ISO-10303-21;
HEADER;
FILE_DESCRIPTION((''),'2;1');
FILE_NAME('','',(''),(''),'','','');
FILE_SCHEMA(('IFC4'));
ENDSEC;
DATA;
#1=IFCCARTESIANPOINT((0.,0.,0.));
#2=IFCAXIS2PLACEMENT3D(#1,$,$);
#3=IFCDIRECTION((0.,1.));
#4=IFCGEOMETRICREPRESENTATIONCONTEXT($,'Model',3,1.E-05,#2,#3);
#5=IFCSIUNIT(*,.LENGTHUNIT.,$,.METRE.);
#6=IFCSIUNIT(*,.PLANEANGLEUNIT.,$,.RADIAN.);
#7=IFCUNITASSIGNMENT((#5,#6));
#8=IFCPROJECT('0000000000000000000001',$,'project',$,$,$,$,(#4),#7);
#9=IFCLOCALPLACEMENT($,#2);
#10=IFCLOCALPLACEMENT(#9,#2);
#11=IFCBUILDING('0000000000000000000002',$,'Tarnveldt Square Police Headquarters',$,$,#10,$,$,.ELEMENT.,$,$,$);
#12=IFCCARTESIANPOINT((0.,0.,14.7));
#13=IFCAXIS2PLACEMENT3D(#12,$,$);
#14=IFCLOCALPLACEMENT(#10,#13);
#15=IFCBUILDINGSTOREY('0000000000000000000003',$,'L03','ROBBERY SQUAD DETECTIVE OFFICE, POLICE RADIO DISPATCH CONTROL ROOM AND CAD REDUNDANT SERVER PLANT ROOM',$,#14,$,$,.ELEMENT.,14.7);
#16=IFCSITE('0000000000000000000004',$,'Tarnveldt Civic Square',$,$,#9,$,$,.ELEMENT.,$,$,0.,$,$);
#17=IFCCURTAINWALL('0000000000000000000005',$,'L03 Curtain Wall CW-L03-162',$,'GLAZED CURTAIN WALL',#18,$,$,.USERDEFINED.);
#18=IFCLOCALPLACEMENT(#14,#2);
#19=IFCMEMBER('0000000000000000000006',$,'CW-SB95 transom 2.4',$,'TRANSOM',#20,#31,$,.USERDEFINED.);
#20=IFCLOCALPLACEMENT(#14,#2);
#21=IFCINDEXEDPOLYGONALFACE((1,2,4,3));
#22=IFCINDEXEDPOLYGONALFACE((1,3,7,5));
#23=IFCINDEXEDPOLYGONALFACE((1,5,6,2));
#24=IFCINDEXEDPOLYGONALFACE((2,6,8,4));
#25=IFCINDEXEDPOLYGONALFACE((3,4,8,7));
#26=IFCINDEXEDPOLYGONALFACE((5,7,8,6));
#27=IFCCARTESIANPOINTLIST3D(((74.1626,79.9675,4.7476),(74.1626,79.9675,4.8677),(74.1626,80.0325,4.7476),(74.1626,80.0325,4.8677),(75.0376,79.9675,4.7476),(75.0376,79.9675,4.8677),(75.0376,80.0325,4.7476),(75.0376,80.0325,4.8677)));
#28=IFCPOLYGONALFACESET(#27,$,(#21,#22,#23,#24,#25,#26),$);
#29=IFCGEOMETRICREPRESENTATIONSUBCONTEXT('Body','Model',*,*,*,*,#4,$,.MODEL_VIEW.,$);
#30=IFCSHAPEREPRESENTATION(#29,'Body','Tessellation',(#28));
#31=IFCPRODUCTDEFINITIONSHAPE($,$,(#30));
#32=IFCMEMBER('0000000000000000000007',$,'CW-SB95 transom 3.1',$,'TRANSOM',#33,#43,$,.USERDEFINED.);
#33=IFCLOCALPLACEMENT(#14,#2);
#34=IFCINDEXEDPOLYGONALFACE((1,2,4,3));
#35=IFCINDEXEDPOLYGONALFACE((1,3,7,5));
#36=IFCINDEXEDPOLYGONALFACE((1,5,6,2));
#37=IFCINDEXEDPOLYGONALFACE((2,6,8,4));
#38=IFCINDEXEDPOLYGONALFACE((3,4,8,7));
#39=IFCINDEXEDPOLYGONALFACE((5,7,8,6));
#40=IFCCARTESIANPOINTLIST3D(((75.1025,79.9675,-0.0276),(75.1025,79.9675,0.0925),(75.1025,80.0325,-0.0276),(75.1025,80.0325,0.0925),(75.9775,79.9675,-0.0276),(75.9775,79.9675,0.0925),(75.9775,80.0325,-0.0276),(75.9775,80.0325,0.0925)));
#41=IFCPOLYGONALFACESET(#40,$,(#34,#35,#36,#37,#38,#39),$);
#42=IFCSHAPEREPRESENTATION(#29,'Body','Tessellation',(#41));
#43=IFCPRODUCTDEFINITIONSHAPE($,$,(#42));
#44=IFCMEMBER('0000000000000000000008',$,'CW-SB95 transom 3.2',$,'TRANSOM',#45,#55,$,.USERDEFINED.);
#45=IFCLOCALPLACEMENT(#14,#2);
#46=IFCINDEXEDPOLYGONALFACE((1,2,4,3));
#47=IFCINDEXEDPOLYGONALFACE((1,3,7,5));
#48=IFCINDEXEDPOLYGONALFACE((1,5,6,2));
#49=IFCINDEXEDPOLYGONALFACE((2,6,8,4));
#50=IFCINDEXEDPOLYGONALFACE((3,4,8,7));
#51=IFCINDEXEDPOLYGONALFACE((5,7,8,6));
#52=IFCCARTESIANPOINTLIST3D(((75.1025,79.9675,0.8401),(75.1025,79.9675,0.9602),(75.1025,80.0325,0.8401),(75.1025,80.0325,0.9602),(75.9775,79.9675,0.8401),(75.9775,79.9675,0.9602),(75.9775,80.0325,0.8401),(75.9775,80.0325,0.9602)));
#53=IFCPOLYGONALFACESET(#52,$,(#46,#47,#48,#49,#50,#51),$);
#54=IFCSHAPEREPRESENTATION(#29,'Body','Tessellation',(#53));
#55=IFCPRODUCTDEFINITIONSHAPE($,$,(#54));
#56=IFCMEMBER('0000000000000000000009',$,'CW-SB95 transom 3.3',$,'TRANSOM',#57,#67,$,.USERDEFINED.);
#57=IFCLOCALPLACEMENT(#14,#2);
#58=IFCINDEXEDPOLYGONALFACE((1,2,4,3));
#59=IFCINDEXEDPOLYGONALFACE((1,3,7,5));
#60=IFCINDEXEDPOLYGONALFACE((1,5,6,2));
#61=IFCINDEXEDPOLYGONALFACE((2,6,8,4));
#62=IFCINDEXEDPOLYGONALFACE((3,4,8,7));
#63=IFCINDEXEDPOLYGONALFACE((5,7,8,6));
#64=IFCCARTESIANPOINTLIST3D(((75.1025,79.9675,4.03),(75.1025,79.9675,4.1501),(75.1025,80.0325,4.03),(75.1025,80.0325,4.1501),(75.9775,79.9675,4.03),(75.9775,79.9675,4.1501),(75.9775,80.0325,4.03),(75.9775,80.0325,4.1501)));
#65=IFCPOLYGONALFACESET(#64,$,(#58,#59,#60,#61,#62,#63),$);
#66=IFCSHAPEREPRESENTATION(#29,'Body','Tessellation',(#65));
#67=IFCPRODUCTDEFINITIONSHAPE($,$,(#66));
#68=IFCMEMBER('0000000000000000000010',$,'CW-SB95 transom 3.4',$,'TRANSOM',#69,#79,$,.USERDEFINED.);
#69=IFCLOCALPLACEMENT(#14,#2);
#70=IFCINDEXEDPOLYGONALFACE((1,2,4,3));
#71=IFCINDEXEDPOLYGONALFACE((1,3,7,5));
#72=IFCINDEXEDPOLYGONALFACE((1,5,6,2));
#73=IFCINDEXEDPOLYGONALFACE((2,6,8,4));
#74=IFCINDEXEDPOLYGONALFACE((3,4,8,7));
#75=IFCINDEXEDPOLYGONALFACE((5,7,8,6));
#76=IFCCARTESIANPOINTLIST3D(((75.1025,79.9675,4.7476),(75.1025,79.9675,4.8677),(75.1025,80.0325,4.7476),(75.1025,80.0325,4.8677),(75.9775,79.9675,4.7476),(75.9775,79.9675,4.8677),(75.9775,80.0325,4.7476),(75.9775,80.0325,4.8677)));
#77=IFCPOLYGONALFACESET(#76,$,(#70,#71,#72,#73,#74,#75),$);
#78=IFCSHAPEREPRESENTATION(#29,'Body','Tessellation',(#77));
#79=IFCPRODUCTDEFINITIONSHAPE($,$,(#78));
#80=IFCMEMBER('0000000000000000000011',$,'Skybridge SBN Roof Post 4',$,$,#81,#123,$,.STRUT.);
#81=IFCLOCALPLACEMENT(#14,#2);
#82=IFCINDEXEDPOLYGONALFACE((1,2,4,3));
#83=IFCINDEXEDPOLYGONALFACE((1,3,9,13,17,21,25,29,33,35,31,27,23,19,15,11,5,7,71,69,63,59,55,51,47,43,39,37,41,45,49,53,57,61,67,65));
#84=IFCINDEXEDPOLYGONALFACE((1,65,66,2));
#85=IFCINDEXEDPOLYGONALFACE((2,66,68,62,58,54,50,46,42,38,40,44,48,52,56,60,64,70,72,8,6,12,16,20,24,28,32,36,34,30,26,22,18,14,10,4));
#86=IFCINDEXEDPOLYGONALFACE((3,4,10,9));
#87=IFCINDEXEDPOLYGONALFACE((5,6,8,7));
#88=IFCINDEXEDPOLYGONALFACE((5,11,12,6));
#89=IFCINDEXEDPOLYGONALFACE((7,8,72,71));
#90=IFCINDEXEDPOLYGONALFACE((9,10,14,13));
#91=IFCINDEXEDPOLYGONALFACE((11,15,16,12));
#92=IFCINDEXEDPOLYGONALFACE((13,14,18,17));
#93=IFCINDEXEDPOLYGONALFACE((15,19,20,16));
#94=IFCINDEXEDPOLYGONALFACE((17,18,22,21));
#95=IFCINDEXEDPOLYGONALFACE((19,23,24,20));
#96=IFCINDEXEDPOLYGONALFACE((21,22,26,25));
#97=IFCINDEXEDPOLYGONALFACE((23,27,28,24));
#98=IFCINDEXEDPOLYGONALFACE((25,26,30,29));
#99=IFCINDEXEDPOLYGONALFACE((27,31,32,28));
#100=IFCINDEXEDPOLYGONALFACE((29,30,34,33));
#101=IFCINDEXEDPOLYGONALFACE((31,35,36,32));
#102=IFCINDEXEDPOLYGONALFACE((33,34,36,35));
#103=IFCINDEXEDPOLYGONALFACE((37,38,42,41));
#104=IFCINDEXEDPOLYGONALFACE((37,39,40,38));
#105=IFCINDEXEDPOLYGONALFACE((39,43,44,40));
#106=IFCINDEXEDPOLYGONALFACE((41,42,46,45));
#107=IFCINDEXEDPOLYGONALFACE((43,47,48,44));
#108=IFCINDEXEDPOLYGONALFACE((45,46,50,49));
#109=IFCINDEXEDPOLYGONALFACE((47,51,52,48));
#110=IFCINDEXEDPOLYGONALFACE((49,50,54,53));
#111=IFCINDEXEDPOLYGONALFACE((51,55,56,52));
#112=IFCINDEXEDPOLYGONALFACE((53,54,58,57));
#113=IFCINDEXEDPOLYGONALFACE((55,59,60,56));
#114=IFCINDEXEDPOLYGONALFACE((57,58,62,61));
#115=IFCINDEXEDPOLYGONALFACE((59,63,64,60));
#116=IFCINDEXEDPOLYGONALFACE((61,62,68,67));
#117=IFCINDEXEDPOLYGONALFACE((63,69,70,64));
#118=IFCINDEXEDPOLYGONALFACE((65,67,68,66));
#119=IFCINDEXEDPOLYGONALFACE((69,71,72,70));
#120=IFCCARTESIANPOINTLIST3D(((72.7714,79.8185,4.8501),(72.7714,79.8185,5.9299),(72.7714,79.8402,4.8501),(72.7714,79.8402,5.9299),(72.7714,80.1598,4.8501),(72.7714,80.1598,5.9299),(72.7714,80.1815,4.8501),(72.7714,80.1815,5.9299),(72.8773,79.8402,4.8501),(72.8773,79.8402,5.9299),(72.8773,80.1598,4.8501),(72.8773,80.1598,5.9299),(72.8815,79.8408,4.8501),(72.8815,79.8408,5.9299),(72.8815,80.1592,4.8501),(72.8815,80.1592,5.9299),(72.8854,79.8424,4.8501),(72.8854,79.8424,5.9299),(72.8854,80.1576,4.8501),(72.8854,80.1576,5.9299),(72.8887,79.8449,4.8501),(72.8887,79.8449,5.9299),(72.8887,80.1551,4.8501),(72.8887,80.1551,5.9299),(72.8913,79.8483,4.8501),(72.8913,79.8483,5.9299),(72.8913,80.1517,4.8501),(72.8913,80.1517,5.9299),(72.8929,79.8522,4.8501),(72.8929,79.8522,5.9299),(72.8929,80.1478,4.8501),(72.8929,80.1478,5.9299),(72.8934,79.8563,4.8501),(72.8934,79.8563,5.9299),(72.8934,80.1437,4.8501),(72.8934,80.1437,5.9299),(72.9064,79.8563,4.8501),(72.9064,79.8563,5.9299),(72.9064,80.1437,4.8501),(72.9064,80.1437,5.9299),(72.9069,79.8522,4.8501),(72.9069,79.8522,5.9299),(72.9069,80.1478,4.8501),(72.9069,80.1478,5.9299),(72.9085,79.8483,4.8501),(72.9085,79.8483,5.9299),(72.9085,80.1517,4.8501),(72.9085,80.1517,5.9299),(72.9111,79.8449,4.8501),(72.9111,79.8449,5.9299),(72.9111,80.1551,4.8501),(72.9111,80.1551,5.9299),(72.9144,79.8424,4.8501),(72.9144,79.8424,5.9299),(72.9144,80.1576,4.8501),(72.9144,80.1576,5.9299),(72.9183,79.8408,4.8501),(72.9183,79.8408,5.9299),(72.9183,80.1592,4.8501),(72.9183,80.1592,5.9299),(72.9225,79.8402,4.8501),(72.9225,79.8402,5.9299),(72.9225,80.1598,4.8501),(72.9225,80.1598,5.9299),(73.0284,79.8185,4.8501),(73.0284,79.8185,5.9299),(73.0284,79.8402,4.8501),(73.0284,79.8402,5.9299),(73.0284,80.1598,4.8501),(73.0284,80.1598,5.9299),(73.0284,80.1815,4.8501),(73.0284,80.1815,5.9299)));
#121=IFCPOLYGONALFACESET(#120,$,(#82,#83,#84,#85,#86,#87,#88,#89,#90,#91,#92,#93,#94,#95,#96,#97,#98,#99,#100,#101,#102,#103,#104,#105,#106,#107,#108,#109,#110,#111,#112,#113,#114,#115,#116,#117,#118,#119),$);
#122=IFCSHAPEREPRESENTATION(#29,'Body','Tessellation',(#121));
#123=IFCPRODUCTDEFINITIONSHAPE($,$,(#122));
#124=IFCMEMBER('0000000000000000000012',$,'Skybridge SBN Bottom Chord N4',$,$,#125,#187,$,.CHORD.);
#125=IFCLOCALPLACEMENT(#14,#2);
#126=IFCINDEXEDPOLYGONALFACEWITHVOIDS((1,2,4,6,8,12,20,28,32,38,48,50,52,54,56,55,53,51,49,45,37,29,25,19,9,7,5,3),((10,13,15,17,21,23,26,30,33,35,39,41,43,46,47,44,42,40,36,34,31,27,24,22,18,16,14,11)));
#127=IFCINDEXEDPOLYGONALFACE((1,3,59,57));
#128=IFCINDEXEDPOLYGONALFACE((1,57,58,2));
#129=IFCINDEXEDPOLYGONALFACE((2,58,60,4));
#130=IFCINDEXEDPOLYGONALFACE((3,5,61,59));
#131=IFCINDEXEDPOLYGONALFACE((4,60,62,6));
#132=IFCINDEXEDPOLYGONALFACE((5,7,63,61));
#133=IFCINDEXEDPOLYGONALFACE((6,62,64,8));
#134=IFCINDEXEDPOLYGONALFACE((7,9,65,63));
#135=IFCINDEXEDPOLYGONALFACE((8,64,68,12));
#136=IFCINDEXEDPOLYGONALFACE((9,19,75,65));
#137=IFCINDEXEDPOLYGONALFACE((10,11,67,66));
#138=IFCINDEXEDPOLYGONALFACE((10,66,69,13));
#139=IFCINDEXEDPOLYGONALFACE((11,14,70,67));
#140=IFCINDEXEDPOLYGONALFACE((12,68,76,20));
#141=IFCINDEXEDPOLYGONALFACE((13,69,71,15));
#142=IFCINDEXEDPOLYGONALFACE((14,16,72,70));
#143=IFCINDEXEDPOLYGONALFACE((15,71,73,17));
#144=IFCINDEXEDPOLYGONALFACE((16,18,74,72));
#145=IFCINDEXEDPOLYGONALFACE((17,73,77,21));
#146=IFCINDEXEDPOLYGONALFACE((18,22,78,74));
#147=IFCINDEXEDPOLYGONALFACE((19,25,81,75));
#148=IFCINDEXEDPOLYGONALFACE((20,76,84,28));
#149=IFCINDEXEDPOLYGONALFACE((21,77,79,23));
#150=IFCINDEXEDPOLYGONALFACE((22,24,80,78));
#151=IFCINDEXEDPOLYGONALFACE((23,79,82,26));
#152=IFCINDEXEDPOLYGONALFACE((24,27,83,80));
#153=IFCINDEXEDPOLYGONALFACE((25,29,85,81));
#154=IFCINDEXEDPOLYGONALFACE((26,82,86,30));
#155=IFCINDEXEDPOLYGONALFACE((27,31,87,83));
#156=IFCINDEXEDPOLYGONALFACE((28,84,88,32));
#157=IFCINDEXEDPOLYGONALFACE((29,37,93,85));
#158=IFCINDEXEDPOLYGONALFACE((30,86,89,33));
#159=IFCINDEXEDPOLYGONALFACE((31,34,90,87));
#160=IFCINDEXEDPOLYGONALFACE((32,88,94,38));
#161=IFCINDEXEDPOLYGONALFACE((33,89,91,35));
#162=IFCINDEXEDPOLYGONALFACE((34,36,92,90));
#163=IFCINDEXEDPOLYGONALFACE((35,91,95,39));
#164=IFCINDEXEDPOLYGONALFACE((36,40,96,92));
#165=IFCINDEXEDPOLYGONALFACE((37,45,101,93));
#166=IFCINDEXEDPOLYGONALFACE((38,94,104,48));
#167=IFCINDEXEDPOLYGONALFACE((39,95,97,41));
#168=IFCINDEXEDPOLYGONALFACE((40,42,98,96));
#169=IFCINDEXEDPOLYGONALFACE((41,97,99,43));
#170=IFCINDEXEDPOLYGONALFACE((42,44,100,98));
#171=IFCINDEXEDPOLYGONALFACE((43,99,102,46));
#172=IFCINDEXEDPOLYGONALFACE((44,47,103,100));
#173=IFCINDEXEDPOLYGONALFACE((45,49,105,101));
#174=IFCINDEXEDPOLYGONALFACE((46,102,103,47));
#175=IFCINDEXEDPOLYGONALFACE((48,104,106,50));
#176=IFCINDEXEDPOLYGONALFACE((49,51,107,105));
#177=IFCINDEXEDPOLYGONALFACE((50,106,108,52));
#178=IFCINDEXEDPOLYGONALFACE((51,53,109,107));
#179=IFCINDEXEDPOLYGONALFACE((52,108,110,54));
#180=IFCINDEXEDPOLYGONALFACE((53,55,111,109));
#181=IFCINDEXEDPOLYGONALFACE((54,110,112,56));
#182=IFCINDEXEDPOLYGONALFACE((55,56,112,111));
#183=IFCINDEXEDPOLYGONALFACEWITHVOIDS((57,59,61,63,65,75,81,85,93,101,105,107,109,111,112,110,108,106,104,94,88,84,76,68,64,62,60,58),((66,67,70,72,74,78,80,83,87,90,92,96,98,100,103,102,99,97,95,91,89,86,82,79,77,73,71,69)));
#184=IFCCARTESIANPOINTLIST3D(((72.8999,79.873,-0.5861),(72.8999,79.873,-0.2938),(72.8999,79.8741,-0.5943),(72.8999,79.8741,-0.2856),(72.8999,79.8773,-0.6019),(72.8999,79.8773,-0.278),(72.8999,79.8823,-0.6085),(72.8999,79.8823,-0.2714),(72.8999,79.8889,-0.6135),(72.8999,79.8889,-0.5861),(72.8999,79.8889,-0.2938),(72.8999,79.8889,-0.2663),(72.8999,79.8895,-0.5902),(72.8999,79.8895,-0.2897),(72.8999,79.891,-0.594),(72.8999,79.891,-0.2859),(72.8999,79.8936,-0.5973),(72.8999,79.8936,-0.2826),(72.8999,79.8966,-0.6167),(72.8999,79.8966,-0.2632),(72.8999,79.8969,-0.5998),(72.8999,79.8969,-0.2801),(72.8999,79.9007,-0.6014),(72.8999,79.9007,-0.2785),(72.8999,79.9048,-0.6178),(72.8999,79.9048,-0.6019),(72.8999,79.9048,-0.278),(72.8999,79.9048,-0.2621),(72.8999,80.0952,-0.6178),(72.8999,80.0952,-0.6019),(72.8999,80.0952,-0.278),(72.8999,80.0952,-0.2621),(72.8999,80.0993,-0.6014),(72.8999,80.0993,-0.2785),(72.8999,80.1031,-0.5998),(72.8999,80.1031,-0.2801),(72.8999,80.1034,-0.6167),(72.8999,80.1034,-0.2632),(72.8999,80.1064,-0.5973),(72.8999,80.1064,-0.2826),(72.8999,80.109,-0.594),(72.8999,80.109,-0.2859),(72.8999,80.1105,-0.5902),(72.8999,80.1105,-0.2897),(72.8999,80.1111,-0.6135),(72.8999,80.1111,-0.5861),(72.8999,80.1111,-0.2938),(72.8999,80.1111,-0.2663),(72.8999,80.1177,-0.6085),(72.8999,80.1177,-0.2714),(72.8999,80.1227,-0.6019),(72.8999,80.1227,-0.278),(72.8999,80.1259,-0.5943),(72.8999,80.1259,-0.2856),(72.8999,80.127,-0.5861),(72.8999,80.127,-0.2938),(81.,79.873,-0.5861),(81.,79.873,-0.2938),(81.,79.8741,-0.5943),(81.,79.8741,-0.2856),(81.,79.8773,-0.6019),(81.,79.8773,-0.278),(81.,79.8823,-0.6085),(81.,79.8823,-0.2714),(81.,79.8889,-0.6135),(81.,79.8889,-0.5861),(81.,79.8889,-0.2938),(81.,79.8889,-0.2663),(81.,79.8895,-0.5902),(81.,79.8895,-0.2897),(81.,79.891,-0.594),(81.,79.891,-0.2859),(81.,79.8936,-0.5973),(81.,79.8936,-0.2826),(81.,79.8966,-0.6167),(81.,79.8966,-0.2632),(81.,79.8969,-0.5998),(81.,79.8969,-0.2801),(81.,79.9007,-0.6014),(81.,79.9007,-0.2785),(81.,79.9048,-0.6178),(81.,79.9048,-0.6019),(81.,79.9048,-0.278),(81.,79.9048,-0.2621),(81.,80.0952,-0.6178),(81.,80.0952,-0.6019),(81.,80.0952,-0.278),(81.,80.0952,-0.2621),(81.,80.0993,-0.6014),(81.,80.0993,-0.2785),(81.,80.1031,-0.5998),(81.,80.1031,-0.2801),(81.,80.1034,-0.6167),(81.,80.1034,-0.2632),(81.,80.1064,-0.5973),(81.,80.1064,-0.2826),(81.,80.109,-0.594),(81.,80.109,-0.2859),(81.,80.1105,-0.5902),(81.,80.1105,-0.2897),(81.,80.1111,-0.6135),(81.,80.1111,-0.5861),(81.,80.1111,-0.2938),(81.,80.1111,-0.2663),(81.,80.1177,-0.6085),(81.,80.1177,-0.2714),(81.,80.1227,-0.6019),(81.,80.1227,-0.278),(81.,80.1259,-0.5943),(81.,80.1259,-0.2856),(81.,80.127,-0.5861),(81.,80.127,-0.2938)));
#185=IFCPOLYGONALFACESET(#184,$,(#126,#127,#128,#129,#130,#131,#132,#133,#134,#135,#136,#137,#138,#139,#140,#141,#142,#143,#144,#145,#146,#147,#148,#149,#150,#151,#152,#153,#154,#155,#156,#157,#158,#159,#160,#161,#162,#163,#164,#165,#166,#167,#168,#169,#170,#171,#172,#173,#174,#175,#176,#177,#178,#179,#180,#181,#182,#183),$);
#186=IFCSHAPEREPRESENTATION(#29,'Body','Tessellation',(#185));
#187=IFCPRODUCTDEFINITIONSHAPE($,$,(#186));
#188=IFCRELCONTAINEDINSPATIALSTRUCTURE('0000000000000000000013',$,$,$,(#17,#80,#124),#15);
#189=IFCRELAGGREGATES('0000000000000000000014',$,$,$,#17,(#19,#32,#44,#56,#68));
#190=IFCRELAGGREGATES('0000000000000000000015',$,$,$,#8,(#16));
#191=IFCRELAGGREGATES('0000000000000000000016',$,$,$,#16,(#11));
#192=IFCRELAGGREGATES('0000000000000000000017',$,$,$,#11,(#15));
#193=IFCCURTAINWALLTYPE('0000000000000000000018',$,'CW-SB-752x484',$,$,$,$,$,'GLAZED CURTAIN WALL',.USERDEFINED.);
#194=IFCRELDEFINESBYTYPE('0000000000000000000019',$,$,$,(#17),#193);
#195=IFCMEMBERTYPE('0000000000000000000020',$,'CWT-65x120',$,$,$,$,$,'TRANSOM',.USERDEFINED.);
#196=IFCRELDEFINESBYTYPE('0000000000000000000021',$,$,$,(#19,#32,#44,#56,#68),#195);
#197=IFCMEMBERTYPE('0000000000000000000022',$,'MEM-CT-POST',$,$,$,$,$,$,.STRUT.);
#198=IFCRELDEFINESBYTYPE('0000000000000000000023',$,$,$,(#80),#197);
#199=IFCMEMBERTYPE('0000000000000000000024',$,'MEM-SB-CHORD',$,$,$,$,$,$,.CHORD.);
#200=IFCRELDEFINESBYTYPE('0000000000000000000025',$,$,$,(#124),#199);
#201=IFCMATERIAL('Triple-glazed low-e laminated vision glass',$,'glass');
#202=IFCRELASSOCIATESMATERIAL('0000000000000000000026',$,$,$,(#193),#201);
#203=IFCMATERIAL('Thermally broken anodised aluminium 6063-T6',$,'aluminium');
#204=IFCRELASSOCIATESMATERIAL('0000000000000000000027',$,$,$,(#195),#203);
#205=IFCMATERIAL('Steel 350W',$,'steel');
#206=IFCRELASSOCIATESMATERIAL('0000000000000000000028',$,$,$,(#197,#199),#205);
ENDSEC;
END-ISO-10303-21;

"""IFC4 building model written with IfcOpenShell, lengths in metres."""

from ifc_helpers import new_model, si_unit, direction, frame, origin, origin_2d, place, context, subcontext, project, spatial, rectangle, hollow_rectangle, i_section, extrude, material, material_profile, profile_set, type_object, element, aggregate, save


model = new_model("IFC4")

# Units and contexts
model_context = context("Model", 3, precision=1e-05, world=origin(), true_north=direction((0.0, 1.0)))
body_context = subcontext(model_context, "Body", "Model", "MODEL_VIEW")
ifc_project = project(units=[si_unit("LENGTHUNIT", "METRE"), si_unit("PLANEANGLEUNIT", "RADIAN")], contexts=[model_context])

# Site, building, storey
site_placement = place(None, origin())
site = spatial("IfcSite", under=ifc_project, at=site_placement, Name="Tarnveldt Civic Square", CompositionType="ELEMENT", RefElevation=0.0)
building_placement = place(site_placement, origin())
building = spatial("IfcBuilding", under=site, at=building_placement, Name="Tarnveldt Square Police Headquarters", CompositionType="ELEMENT")
storey_placement = place(building_placement, frame((0.0, 0.0, 14.7)))
storey = spatial("IfcBuildingStorey", under=building, at=storey_placement, Name="L03", Description="ROBBERY SQUAD DETECTIVE OFFICE, POLICE RADIO DISPATCH CONTROL ROOM AND CAD REDUNDANT SERVER PLANT ROOM", CompositionType="ELEMENT", Elevation=14.7)

# Shared definitions
ifc_material_1 = material(Name="Steel 350W", Category="steel")

# Curtain wall, members
ifc_material_2 = material(Name="Triple-glazed low-e laminated vision glass", Category="glass")
curtain_wall_type = type_object("IfcCurtainWallType", Name="CW-SB-752x484", ElementType="GLAZED CURTAIN WALL", PredefinedType="USERDEFINED", material=ifc_material_2)
curtain_wall_placement = place(storey_placement, origin())
curtain_wall = element("IfcCurtainWall", 1, at=curtain_wall_placement, inside=storey, type_object=curtain_wall_type, Name="L03 Curtain Wall CW-L03-162", ObjectType="GLAZED CURTAIN WALL", PredefinedType="USERDEFINED")
ifc_material_3 = material(Name="Thermally broken anodised aluminium 6063-T6", Category="aluminium")
ifc_material_profile_1 = material_profile(ifc_material_3, rectangle(XDim=0.0649, YDim=0.1201, at=origin_2d()), Name="CW-T65x120")
ifc_profile_set_1 = profile_set([ifc_material_profile_1], Name="Thermally broken anodised aluminium 6063-T6")
member_type_1 = type_object("IfcMemberType", Name="CWT-65x120", ElementType="TRANSOM", PredefinedType="USERDEFINED", material=ifc_profile_set_1)
member_1_placement = place(storey_placement, frame((74.1626, 80.0, 4.8076), z_axis=(1.0, 0.0, 0.0), x_axis=(0.0, 1.0, 0.0)))
member_1 = element("IfcMember", 2, at=member_1_placement, type_object=member_type_1, Name="CW-SB95 transom 2.4", ObjectType="TRANSOM", PredefinedType="USERDEFINED", context=body_context, shape_type="SweptSolid", body=[
    extrude(rectangle(XDim=0.0649, YDim=0.1201, at=origin_2d()), origin(), (0.0, 0.0, 1.0), 0.875),
])
member_2_placement = place(storey_placement, frame((75.1025, 80.0, 0.0325), z_axis=(1.0, 0.0, 0.0), x_axis=(0.0, 1.0, 0.0)))
member_2 = element("IfcMember", 3, at=member_2_placement, type_object=member_type_1, Name="CW-SB95 transom 3.1", ObjectType="TRANSOM", PredefinedType="USERDEFINED", context=body_context, shape_type="SweptSolid", body=[
    extrude(rectangle(XDim=0.0649, YDim=0.1201, at=origin_2d()), origin(), (0.0, 0.0, 1.0), 0.875),
])
member_3_placement = place(storey_placement, frame((75.1025, 80.0, 0.9001), z_axis=(1.0, 0.0, 0.0), x_axis=(0.0, 1.0, 0.0)))
member_3 = element("IfcMember", 4, at=member_3_placement, type_object=member_type_1, Name="CW-SB95 transom 3.2", ObjectType="TRANSOM", PredefinedType="USERDEFINED", context=body_context, shape_type="SweptSolid", body=[
    extrude(rectangle(XDim=0.0649, YDim=0.1201, at=origin_2d()), origin(), (0.0, 0.0, 1.0), 0.875),
])
member_4_placement = place(storey_placement, frame((75.1025, 80.0, 4.0901), z_axis=(1.0, 0.0, 0.0), x_axis=(0.0, 1.0, 0.0)))
member_4 = element("IfcMember", 5, at=member_4_placement, type_object=member_type_1, Name="CW-SB95 transom 3.3", ObjectType="TRANSOM", PredefinedType="USERDEFINED", context=body_context, shape_type="SweptSolid", body=[
    extrude(rectangle(XDim=0.0649, YDim=0.1201, at=origin_2d()), origin(), (0.0, 0.0, 1.0), 0.875),
])
member_5_placement = place(storey_placement, frame((75.1025, 80.0, 4.8076), z_axis=(1.0, 0.0, 0.0), x_axis=(0.0, 1.0, 0.0)))
member_5 = element("IfcMember", 6, at=member_5_placement, type_object=member_type_1, Name="CW-SB95 transom 3.4", ObjectType="TRANSOM", PredefinedType="USERDEFINED", context=body_context, shape_type="SweptSolid", body=[
    extrude(rectangle(XDim=0.0649, YDim=0.1201, at=origin_2d()), origin(), (0.0, 0.0, 1.0), 0.875),
])

# Members
ifc_material_profile_2 = material_profile(ifc_material_1, i_section(OverallWidth=0.2571, OverallDepth=0.363, WebThickness=0.0129, FlangeThickness=0.0217, FilletRadius=0.0161, at=origin_2d()), Name="W360x122")
ifc_profile_set_2 = profile_set([ifc_material_profile_2], Name="Steel 350W")
member_type_2 = type_object("IfcMemberType", Name="MEM-CT-POST", PredefinedType="STRUT", material=ifc_profile_set_2)
member_6_placement = place(storey_placement, frame((72.8999, 80.0, 4.8501), z_axis=(0.0, 0.0, 1.0), x_axis=(1.0, 0.0, 0.0)))
element("IfcMember", 7, at=member_6_placement, inside=storey, type_object=member_type_2, Name="Skybridge SBN Roof Post 4", PredefinedType="STRUT", context=body_context, shape_type="SweptSolid", body=[
    extrude(i_section(OverallWidth=0.2571, OverallDepth=0.363, WebThickness=0.0129, FlangeThickness=0.0217, FilletRadius=0.0161, at=origin_2d()), origin(), (0.0, 0.0, 1.0), 1.0798),
])
ifc_material_profile_3 = material_profile(ifc_material_1, hollow_rectangle(XDim=0.2539, YDim=0.3557, WallThickness=0.0159, InnerFilletRadius=0.0159, OuterFilletRadius=0.0317, at=origin_2d()), Name="HSS356x254x16")
ifc_profile_set_3 = profile_set([ifc_material_profile_3], Name="Steel 350W")
member_type_3 = type_object("IfcMemberType", Name="MEM-SB-CHORD", PredefinedType="CHORD", material=ifc_profile_set_3)
for number, where, z_axis, x_axis, name in (
    (8, (72.8999, 80.0, -0.4399), (1.0, 0.0, 0.0), (0.0, 1.0, 0.0), "Skybridge SBN Bottom Chord N4"),
):
    element("IfcMember", number, at=place(storey_placement, frame(where, z_axis=z_axis, x_axis=x_axis)), inside=storey, type_object=member_type_3, Name=name, PredefinedType="CHORD", context=body_context, shape_type="SweptSolid", body=[
        extrude(hollow_rectangle(XDim=0.2539, YDim=0.3557, WallThickness=0.0159, InnerFilletRadius=0.0159, OuterFilletRadius=0.0317, at=origin_2d()), origin(), (0.0, 0.0, 1.0), 8.1001),
    ])

aggregate(curtain_wall, [member_1, member_2, member_3, member_4, member_5])

save(model, "model.ifc")
